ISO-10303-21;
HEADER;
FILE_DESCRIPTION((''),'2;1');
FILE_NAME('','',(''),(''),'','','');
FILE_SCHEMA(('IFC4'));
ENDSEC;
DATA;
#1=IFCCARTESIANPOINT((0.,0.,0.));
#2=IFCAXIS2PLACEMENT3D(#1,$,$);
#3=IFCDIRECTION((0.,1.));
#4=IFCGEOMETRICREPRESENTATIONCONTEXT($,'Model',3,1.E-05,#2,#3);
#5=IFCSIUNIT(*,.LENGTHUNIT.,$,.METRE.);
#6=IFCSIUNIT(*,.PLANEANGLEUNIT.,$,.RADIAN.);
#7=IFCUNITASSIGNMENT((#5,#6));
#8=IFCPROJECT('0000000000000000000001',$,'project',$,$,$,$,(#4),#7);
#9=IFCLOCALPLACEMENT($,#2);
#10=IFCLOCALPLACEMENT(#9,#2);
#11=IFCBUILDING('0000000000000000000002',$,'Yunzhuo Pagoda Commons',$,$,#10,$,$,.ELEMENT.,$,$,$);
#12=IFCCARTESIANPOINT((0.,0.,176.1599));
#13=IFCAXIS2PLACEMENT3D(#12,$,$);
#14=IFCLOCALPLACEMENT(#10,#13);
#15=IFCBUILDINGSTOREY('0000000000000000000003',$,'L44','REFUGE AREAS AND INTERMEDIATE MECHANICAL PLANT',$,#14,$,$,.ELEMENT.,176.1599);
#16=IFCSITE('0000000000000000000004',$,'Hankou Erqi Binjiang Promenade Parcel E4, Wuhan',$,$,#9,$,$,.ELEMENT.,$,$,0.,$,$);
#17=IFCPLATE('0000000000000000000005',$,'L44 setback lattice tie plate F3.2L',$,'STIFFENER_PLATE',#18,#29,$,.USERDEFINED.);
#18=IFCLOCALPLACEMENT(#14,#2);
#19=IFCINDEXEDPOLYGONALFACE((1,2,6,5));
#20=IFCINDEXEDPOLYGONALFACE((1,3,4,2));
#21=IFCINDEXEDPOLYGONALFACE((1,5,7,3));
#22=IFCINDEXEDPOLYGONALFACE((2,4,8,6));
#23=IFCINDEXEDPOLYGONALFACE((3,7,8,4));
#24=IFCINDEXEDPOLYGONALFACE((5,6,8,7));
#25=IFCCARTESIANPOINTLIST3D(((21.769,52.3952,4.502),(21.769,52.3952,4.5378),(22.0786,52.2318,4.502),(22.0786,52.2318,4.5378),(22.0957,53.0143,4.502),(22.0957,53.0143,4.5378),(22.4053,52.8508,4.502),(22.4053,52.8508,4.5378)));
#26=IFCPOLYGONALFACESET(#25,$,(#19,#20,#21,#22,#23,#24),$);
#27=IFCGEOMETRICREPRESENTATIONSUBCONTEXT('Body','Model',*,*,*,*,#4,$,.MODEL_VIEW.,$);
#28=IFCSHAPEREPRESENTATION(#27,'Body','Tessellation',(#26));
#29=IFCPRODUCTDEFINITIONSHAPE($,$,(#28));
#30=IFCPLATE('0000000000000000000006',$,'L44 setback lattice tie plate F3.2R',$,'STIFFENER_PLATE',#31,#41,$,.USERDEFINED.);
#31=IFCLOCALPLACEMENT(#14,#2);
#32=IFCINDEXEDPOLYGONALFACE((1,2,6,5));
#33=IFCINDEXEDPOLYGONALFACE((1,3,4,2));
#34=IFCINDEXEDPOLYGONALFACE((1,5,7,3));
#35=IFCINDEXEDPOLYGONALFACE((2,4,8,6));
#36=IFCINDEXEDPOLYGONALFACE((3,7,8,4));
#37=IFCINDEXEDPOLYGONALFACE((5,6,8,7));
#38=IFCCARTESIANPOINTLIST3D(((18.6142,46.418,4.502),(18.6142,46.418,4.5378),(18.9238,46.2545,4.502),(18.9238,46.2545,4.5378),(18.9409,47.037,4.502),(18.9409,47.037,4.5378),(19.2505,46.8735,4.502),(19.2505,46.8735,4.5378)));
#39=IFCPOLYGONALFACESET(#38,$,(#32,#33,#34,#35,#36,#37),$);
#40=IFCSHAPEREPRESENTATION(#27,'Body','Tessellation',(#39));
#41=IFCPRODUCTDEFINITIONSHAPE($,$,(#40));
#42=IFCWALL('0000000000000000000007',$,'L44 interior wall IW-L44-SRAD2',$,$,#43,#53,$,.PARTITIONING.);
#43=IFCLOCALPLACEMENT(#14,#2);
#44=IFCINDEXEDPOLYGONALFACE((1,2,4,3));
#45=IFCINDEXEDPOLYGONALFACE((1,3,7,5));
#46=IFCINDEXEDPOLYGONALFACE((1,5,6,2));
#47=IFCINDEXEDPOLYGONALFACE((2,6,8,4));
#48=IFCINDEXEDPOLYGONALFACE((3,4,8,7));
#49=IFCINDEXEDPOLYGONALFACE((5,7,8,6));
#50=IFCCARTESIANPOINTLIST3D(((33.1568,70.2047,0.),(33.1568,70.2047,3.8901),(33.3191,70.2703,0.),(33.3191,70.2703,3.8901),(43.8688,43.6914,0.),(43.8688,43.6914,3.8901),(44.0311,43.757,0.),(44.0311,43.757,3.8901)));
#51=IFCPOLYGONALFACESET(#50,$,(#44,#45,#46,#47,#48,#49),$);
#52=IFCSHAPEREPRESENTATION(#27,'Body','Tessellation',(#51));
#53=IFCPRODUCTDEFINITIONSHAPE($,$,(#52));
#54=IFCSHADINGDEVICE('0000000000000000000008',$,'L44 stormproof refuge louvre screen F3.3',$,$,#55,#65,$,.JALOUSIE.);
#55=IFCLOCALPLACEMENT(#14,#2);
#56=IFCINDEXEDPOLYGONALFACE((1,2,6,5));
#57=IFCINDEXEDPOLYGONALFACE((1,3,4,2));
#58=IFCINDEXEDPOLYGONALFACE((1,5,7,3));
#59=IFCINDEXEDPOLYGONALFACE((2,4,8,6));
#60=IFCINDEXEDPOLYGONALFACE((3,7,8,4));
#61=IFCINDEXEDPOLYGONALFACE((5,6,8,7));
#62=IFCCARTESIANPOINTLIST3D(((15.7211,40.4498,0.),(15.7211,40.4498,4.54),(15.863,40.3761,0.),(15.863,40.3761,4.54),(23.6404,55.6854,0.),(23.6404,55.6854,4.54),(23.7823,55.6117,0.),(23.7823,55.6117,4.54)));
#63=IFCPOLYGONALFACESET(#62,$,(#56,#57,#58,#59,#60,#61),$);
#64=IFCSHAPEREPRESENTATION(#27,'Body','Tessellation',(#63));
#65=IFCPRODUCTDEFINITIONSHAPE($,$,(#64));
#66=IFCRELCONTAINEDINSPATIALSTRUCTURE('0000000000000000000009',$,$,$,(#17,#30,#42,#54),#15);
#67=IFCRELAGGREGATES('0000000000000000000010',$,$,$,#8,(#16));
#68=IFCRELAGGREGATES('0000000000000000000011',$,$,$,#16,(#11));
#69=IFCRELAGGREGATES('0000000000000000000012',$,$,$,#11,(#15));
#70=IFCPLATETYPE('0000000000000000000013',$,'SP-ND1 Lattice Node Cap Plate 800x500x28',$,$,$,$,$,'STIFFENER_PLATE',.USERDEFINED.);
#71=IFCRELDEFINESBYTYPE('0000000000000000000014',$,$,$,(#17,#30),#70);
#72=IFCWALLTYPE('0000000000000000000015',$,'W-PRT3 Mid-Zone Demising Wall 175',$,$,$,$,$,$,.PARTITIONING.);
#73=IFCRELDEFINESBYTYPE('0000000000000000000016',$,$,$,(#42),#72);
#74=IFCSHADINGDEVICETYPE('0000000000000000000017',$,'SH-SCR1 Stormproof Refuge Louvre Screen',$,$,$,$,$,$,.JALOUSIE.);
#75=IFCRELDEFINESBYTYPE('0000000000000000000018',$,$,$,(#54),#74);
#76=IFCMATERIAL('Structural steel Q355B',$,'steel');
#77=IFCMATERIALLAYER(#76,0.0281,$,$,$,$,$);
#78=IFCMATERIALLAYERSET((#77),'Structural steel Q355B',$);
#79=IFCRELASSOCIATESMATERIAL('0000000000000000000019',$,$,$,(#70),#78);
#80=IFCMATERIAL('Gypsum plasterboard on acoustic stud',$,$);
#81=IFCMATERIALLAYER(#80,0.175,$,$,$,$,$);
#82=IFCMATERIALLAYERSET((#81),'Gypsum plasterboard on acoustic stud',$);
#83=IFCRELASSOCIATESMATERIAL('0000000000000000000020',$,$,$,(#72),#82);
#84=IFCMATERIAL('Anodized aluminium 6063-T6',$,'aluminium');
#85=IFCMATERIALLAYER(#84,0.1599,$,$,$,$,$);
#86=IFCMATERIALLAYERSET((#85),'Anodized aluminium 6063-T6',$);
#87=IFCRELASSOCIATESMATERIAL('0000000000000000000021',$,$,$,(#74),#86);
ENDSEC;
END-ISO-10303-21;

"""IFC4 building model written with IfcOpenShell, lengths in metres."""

from ifc_helpers import new_model, si_unit, direction, frame, frame_2d, origin, origin_2d, place, context, subcontext, project, spatial, rectangle, extrude, source, transform, mapped, material, layer, layer_set, type_object, element, save


model = new_model("IFC4")

# Units and contexts
model_context = context("Model", 3, precision=1e-05, world=origin(), true_north=direction((0.0, 1.0)))
body_context = subcontext(model_context, "Body", "Model", "MODEL_VIEW")
ifc_project = project(units=[si_unit("LENGTHUNIT", "METRE"), si_unit("PLANEANGLEUNIT", "RADIAN")], contexts=[model_context])

# Site, building, storey
site_placement = place(None, origin())
site = spatial("IfcSite", under=ifc_project, at=site_placement, Name="Hankou Erqi Binjiang Promenade Parcel E4, Wuhan", CompositionType="ELEMENT", RefElevation=0.0)
building_placement = place(site_placement, origin())
building = spatial("IfcBuilding", under=site, at=building_placement, Name="Yunzhuo Pagoda Commons", CompositionType="ELEMENT")
storey_placement = place(building_placement, frame((0.0, 0.0, 176.1599)))
storey = spatial("IfcBuildingStorey", under=building, at=storey_placement, Name="L44", Description="REFUGE AREAS AND INTERMEDIATE MECHANICAL PLANT", CompositionType="ELEMENT", Elevation=176.1599)

# Shared definitions
ifc_material_1 = material(Name="Structural steel Q355B", Category="steel")

# Plates
ifc_layer_1 = layer(ifc_material_1, 0.0281)
ifc_layer_set_1 = layer_set([ifc_layer_1], Name="Structural steel Q355B")
plate_type_1 = type_object("IfcPlateType", Name="SP-ND1 Lattice Node Cap Plate 800x500x28", ElementType="STIFFENER_PLATE", PredefinedType="USERDEFINED", material=ifc_layer_set_1)
shared_shape_1 = source(origin(), body_context, "Body", "SweptSolid", [
    extrude(rectangle(XDim=0.7, YDim=0.3501, at=origin_2d()), origin(), (0.0, 0.0, 1.0), 0.0359),
])
for number, where, z_axis, x_axis, name in (
    (1, (22.0872, 52.623, 4.502), (0.0, 0.0, 1.0), (-0.466788, -0.884369, 0.0), "L44 setback lattice tie plate F3.2L"),
    (2, (18.9324, 46.6458, 4.502), (0.0, 0.0, 1.0), (-0.466788, -0.884369, 0.0), "L44 setback lattice tie plate F3.2R"),
):
    element("IfcPlate", number, at=place(storey_placement, frame(where, z_axis=z_axis, x_axis=x_axis)), inside=storey, type_object=plate_type_1, Name=name, ObjectType="STIFFENER_PLATE", PredefinedType="USERDEFINED", context=body_context, shape_type="MappedRepresentation", body=[
        mapped(shared_shape_1, transform((0.0, 0.0, 0.0), scale=1.0)),
    ])

# Wall
ifc_material_2 = material(Name="Gypsum plasterboard on acoustic stud")
ifc_layer_2 = layer(ifc_material_2, 0.175)
ifc_layer_set_2 = layer_set([ifc_layer_2], Name="Gypsum plasterboard on acoustic stud")
wall_type = type_object("IfcWallType", Name="W-PRT3 Mid-Zone Demising Wall 175", PredefinedType="PARTITIONING", material=ifc_layer_set_2)
wall_placement = place(storey_placement, frame((43.95, 43.7241, 0.0), z_axis=(0.0, 0.0, 1.0), x_axis=(-0.374603, 0.927185, 0.0)))
element("IfcWall", 3, at=wall_placement, inside=storey, type_object=wall_type, Name="L44 interior wall IW-L44-SRAD2", PredefinedType="PARTITIONING", context=body_context, shape_type="SweptSolid", body=[
    extrude(rectangle(XDim=28.5955, YDim=0.175, at=frame_2d((14.2979, 0.0))), origin(), (0.0, 0.0, 1.0), 3.8901),
])

# Shading device
ifc_material_3 = material(Name="Anodized aluminium 6063-T6", Category="aluminium")
ifc_layer_3 = layer(ifc_material_3, 0.1599)
ifc_layer_set_3 = layer_set([ifc_layer_3], Name="Anodized aluminium 6063-T6")
shading_device_type = type_object("IfcShadingDeviceType", Name="SH-SCR1 Stormproof Refuge Louvre Screen", PredefinedType="JALOUSIE", material=ifc_layer_set_3)
shared_shape_2 = source(origin(), body_context, "Body", "SweptSolid", [
    extrude(rectangle(XDim=17.1709, YDim=0.1599, at=origin_2d()), origin(), (0.0, 0.0, 1.0), 4.54),
])
shading_device_placement = place(storey_placement, frame((19.7517, 48.0308, 0.0), z_axis=(0.0, 0.0, 1.0), x_axis=(-0.461207, -0.887293, 0.0)))
element("IfcShadingDevice", 4, at=shading_device_placement, inside=storey, type_object=shading_device_type, Name="L44 stormproof refuge louvre screen F3.3", PredefinedType="JALOUSIE", context=body_context, shape_type="MappedRepresentation", body=[
    mapped(shared_shape_2, transform((0.0, 0.0, 0.0), scale=1.0)),
])

save(model, "model.ifc")
